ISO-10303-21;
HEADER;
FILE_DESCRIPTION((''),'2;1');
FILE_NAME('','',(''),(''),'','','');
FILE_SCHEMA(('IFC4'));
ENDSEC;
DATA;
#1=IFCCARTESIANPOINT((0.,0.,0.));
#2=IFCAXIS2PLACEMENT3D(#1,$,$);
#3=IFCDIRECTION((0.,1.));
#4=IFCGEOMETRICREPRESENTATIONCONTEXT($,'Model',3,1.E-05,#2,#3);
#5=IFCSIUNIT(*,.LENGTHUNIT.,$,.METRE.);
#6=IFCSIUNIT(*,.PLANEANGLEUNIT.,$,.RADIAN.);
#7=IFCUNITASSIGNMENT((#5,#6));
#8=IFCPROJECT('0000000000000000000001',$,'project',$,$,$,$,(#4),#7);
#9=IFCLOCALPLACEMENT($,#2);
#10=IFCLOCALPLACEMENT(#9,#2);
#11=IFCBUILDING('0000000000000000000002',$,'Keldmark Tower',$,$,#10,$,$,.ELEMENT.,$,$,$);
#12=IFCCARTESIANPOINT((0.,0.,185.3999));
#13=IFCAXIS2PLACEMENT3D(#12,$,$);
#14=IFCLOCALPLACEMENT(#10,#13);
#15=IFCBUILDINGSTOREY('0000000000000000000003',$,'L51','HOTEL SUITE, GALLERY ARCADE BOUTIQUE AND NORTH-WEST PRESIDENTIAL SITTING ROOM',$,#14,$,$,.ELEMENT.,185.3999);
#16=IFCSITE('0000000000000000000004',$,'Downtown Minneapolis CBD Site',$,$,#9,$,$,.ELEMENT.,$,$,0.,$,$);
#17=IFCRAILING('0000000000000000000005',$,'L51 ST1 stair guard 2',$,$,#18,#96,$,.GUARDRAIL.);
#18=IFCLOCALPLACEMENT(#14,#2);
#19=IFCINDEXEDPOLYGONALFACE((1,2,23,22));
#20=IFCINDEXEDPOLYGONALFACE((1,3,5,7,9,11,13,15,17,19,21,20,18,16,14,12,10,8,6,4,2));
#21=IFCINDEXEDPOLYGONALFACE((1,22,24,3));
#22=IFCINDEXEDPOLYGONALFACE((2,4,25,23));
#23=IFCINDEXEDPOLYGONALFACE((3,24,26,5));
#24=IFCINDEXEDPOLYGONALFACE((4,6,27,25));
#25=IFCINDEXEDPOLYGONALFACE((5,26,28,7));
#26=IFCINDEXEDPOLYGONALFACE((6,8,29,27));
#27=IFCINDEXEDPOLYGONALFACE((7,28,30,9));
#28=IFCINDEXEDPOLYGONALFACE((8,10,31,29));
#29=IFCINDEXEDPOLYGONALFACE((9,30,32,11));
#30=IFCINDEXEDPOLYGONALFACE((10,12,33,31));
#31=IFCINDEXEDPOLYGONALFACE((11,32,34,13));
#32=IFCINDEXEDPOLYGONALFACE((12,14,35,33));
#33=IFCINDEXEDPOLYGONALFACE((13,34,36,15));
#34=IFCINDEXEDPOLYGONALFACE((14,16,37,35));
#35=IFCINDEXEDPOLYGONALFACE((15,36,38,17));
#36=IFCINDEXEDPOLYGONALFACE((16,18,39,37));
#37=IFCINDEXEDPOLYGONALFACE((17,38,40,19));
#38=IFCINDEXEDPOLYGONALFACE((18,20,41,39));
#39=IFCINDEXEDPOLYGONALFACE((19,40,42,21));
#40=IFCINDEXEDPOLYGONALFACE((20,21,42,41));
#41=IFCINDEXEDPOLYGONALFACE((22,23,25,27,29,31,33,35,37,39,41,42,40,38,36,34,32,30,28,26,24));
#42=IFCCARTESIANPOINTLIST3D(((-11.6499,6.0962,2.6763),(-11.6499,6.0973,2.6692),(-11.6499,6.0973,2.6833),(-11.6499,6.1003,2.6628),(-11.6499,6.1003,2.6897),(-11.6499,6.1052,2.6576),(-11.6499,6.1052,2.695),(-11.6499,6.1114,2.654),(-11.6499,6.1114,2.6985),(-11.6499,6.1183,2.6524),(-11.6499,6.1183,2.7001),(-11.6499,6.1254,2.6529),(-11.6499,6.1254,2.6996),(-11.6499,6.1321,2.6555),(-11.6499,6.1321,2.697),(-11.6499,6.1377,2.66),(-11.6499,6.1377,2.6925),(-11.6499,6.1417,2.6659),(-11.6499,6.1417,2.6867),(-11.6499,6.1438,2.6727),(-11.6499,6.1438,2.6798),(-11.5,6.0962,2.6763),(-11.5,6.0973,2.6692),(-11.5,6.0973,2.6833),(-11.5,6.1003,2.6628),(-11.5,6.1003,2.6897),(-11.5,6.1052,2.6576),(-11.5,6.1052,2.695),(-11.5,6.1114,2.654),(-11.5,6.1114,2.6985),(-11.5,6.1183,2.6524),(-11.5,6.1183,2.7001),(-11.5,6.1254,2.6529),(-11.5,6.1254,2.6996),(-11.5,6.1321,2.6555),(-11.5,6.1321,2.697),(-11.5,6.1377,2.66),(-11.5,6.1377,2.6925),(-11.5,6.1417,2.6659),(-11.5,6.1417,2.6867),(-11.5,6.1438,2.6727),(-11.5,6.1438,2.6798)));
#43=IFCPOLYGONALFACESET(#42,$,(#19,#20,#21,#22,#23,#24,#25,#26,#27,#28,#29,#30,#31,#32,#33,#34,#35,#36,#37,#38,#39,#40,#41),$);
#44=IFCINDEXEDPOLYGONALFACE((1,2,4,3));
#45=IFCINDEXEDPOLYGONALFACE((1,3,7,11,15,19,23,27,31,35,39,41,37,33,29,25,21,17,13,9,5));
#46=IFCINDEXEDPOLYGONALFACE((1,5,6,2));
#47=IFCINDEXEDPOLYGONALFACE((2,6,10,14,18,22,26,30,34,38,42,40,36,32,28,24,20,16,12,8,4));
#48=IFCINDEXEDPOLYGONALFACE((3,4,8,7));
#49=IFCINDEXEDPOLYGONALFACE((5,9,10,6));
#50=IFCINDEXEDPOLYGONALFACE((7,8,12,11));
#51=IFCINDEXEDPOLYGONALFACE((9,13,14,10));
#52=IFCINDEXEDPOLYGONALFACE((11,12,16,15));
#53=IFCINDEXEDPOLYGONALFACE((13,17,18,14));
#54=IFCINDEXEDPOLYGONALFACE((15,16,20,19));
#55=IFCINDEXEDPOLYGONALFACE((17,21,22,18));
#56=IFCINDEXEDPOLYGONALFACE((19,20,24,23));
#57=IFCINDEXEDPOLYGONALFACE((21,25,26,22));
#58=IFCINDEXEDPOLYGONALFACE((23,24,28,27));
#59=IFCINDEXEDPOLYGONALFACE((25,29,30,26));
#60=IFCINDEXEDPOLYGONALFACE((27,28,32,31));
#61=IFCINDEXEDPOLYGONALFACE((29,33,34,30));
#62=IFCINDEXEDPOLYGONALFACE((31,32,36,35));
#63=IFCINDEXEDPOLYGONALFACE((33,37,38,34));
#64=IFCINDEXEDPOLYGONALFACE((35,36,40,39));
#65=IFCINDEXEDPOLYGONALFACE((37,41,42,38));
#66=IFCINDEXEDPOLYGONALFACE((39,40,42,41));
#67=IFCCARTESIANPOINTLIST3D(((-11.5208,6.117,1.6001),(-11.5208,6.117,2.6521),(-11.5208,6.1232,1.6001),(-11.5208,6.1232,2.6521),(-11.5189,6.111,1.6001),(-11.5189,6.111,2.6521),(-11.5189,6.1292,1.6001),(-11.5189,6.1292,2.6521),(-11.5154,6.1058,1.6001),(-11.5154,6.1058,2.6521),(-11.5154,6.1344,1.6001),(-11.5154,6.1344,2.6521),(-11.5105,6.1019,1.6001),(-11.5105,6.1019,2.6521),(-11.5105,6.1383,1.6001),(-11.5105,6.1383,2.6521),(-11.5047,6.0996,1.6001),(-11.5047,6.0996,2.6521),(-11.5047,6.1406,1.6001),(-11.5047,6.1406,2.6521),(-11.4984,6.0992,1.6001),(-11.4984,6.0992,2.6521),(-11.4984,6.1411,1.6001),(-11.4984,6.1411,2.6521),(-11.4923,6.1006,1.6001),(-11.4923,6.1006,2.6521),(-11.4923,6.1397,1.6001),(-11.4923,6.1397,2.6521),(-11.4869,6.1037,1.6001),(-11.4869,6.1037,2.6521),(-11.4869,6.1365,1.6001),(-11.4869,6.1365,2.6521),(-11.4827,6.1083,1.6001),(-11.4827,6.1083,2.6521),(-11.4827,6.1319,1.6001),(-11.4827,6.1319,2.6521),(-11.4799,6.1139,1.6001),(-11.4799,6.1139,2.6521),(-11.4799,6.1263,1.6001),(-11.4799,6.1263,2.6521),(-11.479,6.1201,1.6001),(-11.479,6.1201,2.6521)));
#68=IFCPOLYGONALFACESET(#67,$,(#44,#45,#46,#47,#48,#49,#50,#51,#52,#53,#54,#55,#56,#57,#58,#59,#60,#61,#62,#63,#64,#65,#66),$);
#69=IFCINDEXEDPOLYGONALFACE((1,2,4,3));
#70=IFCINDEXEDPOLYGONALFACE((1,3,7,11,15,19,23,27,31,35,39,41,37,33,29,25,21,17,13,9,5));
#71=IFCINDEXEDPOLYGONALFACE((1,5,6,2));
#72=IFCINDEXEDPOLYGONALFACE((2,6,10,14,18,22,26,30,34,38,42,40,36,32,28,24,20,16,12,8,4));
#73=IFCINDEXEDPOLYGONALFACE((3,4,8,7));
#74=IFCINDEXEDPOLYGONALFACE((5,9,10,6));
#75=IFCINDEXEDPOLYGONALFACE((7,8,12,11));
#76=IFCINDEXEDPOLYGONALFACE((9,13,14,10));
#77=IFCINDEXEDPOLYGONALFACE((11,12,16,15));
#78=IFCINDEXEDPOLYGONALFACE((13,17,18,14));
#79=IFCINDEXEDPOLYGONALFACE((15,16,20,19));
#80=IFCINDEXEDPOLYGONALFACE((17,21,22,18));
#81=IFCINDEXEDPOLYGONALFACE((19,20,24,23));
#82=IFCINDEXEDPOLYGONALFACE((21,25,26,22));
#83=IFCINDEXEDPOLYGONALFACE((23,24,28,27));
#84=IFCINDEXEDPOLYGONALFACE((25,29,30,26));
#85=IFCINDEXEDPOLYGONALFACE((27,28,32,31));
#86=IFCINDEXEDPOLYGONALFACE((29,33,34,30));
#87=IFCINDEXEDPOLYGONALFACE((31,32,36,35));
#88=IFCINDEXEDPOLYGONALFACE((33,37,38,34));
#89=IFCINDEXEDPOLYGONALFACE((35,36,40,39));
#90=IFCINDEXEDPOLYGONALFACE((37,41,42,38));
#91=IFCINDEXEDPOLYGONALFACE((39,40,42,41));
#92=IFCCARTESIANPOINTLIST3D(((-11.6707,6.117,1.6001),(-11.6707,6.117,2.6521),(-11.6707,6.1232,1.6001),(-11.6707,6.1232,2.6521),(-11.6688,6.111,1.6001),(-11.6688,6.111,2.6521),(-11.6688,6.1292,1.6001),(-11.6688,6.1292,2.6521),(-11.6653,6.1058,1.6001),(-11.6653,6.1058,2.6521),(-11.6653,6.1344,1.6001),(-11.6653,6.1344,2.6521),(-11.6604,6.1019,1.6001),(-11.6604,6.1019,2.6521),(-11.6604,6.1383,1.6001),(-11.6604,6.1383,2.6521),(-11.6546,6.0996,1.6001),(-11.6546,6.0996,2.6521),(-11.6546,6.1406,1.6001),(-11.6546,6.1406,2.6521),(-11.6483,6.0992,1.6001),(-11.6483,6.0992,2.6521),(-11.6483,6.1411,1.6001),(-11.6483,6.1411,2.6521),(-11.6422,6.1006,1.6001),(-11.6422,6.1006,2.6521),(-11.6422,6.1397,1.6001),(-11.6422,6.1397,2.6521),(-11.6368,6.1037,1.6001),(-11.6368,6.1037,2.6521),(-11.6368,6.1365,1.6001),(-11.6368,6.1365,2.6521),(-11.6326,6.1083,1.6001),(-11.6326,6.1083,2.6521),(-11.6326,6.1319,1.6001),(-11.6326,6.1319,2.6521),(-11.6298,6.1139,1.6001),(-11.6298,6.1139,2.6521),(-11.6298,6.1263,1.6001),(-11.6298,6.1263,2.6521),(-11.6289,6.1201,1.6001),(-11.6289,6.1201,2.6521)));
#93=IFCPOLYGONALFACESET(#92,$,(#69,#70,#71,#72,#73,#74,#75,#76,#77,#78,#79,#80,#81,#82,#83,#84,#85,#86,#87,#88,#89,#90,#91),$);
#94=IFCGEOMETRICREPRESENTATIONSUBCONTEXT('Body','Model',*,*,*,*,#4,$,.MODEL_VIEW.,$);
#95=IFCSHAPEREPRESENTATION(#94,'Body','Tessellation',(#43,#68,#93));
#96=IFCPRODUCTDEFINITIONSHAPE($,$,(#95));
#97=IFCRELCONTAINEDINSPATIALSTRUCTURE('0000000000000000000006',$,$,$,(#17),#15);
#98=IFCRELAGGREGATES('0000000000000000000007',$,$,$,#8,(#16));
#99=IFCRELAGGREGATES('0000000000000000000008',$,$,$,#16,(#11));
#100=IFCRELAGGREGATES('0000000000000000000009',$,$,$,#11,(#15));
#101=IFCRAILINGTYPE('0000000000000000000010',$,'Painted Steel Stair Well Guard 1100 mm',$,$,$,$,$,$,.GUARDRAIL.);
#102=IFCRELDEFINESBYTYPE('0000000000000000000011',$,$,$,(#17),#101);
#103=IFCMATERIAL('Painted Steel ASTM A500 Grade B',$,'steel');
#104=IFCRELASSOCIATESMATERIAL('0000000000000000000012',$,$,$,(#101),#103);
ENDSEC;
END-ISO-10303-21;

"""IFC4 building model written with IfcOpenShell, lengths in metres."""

from ifc_helpers import new_model, si_unit, direction, frame, origin, origin_2d, place, context, subcontext, project, spatial, circle, extrude, material, type_object, element, save


model = new_model("IFC4")

# Units and contexts
model_context = context("Model", 3, precision=1e-05, world=origin(), true_north=direction((0.0, 1.0)))
body_context = subcontext(model_context, "Body", "Model", "MODEL_VIEW")
ifc_project = project(units=[si_unit("LENGTHUNIT", "METRE"), si_unit("PLANEANGLEUNIT", "RADIAN")], contexts=[model_context])

# Site, building, storey
site_placement = place(None, origin())
site = spatial("IfcSite", under=ifc_project, at=site_placement, Name="Downtown Minneapolis CBD Site", CompositionType="ELEMENT", RefElevation=0.0)
building_placement = place(site_placement, origin())
building = spatial("IfcBuilding", under=site, at=building_placement, Name="Keldmark Tower", CompositionType="ELEMENT")
storey_placement = place(building_placement, frame((0.0, 0.0, 185.3999)))
storey = spatial("IfcBuildingStorey", under=building, at=storey_placement, Name="L51", Description="HOTEL SUITE, GALLERY ARCADE BOUTIQUE AND NORTH-WEST PRESIDENTIAL SITTING ROOM", CompositionType="ELEMENT", Elevation=185.3999)

# Railing
ifc_material_1 = material(Name="Painted Steel ASTM A500 Grade B", Category="steel")
railing_type_1 = type_object("IfcRailingType", Name="Painted Steel Stair Well Guard 1100 mm", PredefinedType="GUARDRAIL", material=ifc_material_1)
railing_1_placement = place(storey_placement, frame((-11.5, 6.1201, 1.6001)))
element("IfcRailing", 1, at=railing_1_placement, inside=storey, type_object=railing_type_1, Name="L51 ST1 stair guard 2", PredefinedType="GUARDRAIL", context=body_context, shape_type="SweptSolid", body=[
    extrude(circle(Radius=0.0239, at=origin_2d()), frame((0.0, 0.0, 1.0762), z_axis=(-1.0, 0.0, 0.0), x_axis=(0.0, -1.0, 0.0)), (0.0, 0.0, 1.0), 0.1499),
    extrude(circle(Radius=0.021, at=origin_2d()), origin(), (0.0, 0.0, 1.0), 1.052),
    extrude(circle(Radius=0.021, at=origin_2d()), frame((-0.1499, 0.0, 0.0)), (0.0, 0.0, 1.0), 1.052),
])

save(model, "model.ifc")
